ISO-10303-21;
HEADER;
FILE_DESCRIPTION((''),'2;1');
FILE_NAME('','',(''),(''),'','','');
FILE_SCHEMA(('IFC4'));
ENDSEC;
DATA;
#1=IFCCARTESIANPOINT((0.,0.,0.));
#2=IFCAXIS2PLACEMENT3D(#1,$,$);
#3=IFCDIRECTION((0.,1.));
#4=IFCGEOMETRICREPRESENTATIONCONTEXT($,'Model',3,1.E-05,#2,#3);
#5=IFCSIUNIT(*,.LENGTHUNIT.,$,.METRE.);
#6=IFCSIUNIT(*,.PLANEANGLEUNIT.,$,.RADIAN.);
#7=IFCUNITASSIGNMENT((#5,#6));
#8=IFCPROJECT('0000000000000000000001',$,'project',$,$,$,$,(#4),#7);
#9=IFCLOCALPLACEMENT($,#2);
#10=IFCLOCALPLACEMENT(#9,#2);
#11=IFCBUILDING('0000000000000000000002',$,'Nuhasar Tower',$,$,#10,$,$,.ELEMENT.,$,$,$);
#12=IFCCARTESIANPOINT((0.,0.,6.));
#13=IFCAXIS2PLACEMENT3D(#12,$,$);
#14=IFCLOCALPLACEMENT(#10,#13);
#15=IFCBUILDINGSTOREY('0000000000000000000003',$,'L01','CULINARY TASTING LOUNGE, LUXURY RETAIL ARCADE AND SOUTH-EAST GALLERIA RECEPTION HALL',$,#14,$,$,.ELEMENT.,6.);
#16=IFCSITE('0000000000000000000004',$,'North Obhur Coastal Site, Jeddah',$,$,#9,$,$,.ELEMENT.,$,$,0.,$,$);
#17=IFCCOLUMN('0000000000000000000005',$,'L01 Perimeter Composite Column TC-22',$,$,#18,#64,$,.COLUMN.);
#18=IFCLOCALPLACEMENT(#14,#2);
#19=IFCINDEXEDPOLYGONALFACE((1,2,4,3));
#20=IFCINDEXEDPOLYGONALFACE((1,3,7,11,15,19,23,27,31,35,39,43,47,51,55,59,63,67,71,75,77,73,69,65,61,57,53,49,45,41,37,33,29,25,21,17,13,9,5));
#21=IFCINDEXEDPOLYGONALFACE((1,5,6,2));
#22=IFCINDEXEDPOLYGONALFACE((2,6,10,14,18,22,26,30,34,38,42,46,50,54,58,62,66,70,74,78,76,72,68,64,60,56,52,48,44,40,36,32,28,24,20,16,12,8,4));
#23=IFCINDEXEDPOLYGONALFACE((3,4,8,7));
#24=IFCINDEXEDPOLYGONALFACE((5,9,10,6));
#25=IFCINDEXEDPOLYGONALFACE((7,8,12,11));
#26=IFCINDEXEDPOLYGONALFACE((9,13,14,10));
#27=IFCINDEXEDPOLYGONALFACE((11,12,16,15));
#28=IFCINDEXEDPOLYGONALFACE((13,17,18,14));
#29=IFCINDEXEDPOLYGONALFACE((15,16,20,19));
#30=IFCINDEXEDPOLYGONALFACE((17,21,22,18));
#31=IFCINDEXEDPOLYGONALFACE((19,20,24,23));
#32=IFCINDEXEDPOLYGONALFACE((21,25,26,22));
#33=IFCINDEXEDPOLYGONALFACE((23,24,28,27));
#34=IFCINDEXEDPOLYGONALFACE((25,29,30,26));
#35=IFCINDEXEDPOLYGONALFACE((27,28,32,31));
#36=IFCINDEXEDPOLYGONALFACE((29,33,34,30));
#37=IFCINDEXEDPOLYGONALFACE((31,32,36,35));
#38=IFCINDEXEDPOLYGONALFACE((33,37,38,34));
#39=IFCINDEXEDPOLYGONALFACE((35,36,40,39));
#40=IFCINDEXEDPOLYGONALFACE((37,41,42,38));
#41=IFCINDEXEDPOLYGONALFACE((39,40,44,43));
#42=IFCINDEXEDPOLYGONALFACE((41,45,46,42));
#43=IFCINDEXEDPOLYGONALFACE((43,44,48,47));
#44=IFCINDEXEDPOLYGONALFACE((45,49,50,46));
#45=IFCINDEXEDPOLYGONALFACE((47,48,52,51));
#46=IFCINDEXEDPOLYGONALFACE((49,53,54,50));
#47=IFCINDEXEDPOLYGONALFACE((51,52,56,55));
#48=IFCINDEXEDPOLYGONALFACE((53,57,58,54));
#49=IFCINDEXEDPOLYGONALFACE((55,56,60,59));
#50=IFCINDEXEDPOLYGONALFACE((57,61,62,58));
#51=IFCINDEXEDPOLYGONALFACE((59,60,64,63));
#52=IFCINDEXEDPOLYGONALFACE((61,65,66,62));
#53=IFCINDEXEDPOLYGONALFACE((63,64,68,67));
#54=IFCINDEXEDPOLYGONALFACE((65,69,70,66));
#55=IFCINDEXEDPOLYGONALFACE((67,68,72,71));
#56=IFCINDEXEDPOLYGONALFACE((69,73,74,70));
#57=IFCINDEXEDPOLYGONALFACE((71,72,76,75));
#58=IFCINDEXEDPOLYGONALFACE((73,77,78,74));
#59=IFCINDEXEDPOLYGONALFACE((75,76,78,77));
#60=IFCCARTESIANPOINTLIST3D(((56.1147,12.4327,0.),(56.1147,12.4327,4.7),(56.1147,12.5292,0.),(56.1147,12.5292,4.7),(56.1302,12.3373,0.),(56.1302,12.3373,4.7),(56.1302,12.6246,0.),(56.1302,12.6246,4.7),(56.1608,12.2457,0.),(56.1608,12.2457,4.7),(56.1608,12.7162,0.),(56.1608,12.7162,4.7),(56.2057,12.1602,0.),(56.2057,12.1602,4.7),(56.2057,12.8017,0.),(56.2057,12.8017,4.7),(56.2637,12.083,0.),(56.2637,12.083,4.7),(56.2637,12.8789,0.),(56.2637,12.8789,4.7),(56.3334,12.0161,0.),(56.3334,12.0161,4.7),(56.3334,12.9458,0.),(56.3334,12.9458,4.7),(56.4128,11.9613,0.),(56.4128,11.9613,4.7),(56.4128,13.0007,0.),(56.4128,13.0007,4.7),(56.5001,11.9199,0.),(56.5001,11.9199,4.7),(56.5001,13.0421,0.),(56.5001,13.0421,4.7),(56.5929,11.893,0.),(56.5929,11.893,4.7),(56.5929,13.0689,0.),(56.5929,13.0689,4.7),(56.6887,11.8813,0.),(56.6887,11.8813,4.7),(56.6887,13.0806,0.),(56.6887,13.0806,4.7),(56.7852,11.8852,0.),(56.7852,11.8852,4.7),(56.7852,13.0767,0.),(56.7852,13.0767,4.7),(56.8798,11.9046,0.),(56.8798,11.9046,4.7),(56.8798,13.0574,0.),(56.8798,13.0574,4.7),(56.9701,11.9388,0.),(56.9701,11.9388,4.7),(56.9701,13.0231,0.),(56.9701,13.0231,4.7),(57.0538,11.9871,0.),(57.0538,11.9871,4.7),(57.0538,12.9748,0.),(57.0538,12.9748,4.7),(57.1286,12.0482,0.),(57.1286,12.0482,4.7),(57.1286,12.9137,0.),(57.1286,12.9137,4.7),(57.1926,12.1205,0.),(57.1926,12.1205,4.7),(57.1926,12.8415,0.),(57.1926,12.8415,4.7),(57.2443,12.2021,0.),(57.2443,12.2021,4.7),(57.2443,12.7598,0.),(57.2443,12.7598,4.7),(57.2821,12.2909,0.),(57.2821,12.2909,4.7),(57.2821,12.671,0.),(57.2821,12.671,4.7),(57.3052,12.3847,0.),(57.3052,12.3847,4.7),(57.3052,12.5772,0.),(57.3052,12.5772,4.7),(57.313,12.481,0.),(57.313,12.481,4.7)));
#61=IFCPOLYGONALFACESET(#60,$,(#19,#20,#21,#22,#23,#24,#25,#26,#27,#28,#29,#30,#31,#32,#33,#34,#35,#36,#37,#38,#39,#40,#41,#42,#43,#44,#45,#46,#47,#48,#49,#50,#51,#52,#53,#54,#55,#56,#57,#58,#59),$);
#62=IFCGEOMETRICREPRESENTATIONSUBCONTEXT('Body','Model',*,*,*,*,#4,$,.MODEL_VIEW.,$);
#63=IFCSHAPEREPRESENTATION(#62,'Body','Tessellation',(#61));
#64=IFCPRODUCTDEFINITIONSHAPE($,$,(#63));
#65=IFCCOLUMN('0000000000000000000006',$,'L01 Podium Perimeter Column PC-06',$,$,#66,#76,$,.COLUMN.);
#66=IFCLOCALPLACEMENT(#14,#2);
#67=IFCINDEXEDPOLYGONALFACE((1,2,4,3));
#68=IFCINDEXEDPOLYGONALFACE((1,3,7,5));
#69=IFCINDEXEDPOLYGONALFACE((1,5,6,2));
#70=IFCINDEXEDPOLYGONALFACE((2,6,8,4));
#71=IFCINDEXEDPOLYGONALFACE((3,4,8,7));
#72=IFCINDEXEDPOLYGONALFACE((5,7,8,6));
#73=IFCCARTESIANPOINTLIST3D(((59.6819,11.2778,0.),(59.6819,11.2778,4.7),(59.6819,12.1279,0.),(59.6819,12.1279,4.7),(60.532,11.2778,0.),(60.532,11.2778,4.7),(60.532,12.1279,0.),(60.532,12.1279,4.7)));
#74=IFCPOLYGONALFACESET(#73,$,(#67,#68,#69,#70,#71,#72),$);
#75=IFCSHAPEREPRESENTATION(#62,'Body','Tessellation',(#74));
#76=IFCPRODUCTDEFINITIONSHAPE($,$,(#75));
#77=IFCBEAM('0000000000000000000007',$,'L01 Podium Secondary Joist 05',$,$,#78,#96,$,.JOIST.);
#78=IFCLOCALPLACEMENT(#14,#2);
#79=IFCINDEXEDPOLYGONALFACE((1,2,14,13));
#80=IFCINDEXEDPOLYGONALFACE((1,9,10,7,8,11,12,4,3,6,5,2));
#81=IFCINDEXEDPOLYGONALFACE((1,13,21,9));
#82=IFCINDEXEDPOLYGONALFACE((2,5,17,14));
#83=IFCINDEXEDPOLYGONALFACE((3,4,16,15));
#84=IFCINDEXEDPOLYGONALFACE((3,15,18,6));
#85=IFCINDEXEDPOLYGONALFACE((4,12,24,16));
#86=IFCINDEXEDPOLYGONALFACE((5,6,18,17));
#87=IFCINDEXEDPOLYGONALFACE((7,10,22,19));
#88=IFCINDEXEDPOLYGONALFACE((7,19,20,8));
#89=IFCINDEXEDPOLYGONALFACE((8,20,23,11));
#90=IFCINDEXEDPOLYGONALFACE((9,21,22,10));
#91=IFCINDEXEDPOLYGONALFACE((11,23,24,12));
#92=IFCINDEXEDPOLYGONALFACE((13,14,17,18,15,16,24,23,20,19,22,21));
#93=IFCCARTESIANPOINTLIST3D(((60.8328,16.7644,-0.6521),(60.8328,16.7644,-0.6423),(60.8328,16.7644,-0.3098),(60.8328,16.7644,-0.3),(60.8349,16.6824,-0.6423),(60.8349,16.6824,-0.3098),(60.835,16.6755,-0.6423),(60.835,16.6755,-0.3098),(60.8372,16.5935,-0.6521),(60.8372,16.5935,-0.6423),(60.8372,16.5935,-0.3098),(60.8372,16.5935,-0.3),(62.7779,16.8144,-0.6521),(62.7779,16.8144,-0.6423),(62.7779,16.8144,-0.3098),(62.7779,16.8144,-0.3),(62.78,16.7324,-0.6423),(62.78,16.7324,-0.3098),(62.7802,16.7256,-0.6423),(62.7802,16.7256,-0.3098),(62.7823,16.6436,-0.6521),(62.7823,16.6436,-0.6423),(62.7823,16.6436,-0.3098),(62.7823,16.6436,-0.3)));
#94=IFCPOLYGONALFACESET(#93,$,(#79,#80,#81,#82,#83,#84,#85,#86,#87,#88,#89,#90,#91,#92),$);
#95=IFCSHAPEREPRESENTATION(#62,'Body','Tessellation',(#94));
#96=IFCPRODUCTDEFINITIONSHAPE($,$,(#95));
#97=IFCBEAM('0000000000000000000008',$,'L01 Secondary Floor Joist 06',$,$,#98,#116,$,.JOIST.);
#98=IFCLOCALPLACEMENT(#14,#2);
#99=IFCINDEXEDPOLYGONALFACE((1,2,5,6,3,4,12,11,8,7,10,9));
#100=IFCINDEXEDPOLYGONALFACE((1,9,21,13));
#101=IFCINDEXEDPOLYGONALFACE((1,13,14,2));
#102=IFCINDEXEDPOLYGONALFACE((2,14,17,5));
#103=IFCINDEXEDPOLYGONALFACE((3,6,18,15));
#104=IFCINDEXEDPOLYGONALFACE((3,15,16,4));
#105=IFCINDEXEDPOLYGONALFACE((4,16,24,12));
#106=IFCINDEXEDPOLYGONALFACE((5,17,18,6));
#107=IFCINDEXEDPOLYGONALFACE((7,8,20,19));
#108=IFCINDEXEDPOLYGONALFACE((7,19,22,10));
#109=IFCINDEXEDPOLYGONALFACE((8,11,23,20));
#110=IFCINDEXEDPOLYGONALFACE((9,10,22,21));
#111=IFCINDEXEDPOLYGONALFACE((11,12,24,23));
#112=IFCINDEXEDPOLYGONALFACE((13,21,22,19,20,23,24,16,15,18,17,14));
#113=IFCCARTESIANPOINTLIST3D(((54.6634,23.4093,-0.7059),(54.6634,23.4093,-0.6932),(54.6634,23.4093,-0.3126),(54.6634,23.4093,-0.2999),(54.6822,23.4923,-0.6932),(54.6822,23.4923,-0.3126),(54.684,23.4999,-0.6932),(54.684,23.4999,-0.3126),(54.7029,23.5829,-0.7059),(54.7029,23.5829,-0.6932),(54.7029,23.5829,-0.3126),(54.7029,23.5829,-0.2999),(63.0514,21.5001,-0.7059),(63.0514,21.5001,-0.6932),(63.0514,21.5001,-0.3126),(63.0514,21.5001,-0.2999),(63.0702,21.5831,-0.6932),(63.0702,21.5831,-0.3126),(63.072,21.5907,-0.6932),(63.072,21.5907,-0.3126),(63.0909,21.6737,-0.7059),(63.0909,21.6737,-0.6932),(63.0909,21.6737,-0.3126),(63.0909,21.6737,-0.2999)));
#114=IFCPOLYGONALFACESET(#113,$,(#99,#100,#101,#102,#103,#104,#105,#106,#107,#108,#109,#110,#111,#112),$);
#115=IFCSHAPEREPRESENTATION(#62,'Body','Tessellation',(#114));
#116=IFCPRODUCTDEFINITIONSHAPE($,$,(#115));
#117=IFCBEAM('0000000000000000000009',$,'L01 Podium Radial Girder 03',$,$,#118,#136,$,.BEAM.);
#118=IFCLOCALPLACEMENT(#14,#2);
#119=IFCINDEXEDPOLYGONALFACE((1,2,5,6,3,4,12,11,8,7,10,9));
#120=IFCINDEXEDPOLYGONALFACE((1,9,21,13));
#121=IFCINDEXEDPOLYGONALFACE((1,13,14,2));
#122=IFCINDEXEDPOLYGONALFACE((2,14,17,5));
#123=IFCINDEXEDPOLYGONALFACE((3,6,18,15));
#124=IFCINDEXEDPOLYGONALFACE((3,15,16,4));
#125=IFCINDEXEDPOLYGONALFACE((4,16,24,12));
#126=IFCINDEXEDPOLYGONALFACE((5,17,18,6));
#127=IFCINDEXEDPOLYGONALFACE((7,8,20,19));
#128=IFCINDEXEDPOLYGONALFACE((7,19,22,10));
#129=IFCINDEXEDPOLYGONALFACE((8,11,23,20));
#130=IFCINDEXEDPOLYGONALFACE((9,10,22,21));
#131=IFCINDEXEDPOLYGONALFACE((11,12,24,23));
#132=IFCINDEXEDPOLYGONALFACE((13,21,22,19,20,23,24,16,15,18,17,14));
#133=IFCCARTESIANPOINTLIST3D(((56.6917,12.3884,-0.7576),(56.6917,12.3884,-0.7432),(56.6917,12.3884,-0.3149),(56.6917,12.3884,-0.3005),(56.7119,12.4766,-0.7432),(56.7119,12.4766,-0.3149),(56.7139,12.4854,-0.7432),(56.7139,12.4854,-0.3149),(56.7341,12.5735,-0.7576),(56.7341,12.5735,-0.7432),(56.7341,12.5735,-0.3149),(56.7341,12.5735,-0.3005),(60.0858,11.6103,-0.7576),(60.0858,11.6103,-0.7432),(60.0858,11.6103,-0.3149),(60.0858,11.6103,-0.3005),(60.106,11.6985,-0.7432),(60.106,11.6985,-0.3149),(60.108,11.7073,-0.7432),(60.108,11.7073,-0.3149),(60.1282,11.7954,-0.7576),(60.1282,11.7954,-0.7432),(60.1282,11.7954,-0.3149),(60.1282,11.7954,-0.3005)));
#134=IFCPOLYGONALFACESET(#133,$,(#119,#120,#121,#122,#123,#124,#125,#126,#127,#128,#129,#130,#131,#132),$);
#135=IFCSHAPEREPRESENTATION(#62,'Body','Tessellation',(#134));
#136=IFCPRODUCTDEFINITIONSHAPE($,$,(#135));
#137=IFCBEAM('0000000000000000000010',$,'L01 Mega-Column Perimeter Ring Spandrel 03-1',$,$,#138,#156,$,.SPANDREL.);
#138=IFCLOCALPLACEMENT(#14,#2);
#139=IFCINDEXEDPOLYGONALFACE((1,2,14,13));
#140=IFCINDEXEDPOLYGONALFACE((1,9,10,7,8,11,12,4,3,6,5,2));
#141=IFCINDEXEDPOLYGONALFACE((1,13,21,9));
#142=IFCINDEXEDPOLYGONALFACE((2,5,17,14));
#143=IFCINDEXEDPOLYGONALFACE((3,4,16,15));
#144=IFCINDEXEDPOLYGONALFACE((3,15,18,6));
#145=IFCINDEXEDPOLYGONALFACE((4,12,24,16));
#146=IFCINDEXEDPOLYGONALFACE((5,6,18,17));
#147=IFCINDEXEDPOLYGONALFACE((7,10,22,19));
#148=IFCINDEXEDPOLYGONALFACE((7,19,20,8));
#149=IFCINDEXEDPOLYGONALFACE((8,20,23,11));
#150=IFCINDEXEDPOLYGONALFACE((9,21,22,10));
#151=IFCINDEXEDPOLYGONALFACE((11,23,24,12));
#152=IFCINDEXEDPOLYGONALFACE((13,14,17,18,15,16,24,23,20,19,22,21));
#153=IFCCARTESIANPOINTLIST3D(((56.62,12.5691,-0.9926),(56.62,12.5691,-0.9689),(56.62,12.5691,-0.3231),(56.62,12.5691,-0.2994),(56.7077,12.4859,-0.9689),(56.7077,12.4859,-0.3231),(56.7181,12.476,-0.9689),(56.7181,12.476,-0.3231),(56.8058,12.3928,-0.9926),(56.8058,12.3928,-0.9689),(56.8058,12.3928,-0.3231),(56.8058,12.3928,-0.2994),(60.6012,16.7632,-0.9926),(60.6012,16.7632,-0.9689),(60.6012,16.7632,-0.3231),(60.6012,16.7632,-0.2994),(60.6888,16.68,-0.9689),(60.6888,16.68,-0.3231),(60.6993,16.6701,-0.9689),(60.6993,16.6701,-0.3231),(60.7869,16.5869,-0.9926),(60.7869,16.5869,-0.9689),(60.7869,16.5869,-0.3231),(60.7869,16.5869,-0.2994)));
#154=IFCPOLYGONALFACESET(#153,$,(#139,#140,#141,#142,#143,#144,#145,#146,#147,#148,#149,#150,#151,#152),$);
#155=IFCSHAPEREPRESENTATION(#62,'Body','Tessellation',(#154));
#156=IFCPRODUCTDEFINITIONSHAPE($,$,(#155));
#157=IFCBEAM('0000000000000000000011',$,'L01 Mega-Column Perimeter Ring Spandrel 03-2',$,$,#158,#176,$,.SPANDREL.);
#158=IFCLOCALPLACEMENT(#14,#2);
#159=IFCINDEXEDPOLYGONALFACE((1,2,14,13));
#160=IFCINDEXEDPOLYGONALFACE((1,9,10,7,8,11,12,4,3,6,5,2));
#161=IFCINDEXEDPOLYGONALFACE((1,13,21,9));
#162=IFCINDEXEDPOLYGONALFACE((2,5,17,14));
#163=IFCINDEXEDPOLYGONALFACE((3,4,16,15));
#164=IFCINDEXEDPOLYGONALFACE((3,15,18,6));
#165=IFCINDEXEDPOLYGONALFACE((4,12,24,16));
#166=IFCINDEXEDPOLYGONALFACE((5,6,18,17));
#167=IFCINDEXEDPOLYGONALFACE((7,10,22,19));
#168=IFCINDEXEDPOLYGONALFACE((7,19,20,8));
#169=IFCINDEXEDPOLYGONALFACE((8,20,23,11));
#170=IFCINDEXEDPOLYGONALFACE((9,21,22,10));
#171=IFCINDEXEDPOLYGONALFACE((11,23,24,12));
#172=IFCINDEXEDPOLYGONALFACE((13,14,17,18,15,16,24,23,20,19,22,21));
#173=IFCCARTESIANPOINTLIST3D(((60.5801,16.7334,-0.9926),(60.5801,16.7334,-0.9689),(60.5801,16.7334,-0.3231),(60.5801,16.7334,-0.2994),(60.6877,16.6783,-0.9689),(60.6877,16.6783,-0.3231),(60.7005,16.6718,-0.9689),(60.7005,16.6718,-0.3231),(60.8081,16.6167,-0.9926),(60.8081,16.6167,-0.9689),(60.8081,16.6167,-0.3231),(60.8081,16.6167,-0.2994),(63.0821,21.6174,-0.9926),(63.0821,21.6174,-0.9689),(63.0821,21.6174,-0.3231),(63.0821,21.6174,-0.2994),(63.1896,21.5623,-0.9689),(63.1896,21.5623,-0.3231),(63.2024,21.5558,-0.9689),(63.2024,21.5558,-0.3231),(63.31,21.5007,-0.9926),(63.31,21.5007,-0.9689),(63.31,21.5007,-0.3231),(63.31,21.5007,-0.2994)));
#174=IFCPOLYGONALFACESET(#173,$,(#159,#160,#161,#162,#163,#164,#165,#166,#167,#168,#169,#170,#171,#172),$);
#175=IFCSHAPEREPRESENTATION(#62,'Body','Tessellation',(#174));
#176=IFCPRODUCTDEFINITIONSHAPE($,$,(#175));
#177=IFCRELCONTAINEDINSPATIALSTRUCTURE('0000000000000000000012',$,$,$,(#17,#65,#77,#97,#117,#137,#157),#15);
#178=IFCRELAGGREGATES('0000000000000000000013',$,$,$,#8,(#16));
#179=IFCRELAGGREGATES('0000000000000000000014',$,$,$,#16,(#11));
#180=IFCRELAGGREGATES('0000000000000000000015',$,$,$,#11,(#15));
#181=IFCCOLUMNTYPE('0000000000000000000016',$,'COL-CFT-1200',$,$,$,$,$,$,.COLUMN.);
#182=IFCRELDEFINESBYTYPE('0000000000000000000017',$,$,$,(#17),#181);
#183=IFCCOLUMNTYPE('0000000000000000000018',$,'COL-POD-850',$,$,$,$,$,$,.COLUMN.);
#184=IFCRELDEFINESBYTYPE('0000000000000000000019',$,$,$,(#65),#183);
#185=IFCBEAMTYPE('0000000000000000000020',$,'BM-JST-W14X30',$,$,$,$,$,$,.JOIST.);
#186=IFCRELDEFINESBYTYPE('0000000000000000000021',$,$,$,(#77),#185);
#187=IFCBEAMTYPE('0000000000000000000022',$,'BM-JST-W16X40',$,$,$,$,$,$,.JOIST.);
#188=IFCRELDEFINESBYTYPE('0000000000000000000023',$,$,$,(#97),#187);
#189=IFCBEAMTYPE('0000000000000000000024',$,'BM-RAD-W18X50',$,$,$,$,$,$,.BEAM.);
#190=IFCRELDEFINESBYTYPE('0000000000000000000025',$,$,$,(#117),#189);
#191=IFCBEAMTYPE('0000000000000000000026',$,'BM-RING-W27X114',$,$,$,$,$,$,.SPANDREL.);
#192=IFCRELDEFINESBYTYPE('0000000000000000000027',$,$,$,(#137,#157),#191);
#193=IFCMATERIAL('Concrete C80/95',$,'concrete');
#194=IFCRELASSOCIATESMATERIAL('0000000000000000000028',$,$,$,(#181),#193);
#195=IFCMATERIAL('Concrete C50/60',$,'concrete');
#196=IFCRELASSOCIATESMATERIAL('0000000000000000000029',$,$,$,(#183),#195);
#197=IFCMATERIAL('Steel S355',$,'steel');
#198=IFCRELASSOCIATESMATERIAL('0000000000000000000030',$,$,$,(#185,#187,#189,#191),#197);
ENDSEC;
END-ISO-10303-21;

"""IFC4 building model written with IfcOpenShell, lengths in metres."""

from ifc_helpers import new_model, si_unit, direction, frame, origin, origin_2d, place, context, subcontext, project, spatial, rectangle, circle, i_section, extrude, material, material_profile, profile_set, type_object, element, save


model = new_model("IFC4")

# Units and contexts
model_context = context("Model", 3, precision=1e-05, world=origin(), true_north=direction((0.0, 1.0)))
body_context = subcontext(model_context, "Body", "Model", "MODEL_VIEW")
ifc_project = project(units=[si_unit("LENGTHUNIT", "METRE"), si_unit("PLANEANGLEUNIT", "RADIAN")], contexts=[model_context])

# Site, building, storey
site_placement = place(None, origin())
site = spatial("IfcSite", under=ifc_project, at=site_placement, Name="North Obhur Coastal Site, Jeddah", CompositionType="ELEMENT", RefElevation=0.0)
building_placement = place(site_placement, origin())
building = spatial("IfcBuilding", under=site, at=building_placement, Name="Nuhasar Tower", CompositionType="ELEMENT")
storey_placement = place(building_placement, frame((0.0, 0.0, 6.0)))
storey = spatial("IfcBuildingStorey", under=building, at=storey_placement, Name="L01", Description="CULINARY TASTING LOUNGE, LUXURY RETAIL ARCADE AND SOUTH-EAST GALLERIA RECEPTION HALL", CompositionType="ELEMENT", Elevation=6.0)

# Columns
ifc_material_1 = material(Name="Concrete C80/95", Category="concrete")
ifc_material_profile_1 = material_profile(ifc_material_1, circle(Radius=0.6001, at=origin_2d()), Name="CFT1200")
ifc_profile_set_1 = profile_set([ifc_material_profile_1], Name="Concrete C80/95")
column_type_1 = type_object("IfcColumnType", Name="COL-CFT-1200", PredefinedType="COLUMN", material=ifc_profile_set_1)
column_1_placement = place(storey_placement, frame((56.7129, 12.481, 0.0), z_axis=(0.0, 0.0, 1.0), x_axis=(1.0, 0.0, 0.0)))
element("IfcColumn", 1, at=column_1_placement, inside=storey, type_object=column_type_1, Name="L01 Perimeter Composite Column TC-22", PredefinedType="COLUMN", context=body_context, shape_type="SweptSolid", body=[
    extrude(circle(Radius=0.6001, at=origin_2d()), origin(), (0.0, 0.0, 1.0), 4.7),
])
ifc_material_2 = material(Name="Concrete C50/60", Category="concrete")
ifc_material_profile_2 = material_profile(ifc_material_2, rectangle(XDim=0.8501, YDim=0.8501, at=origin_2d()), Name="RC850X850")
ifc_profile_set_2 = profile_set([ifc_material_profile_2], Name="Concrete C50/60")
column_type_2 = type_object("IfcColumnType", Name="COL-POD-850", PredefinedType="COLUMN", material=ifc_profile_set_2)
column_2_placement = place(storey_placement, frame((60.1069, 11.7029, 0.0), z_axis=(0.0, 0.0, 1.0), x_axis=(1.0, 0.0, 0.0)))
element("IfcColumn", 2, at=column_2_placement, inside=storey, type_object=column_type_2, Name="L01 Podium Perimeter Column PC-06", PredefinedType="COLUMN", context=body_context, shape_type="SweptSolid", body=[
    extrude(rectangle(XDim=0.8501, YDim=0.8501, at=origin_2d()), origin(), (0.0, 0.0, 1.0), 4.7),
])

# Beams
ifc_material_3 = material(Name="Steel S355", Category="steel")
ifc_material_profile_3 = material_profile(ifc_material_3, i_section(OverallWidth=0.1709, OverallDepth=0.3521, WebThickness=0.0068, FlangeThickness=0.0098, at=origin_2d()), Name="W14X30")
ifc_profile_set_3 = profile_set([ifc_material_profile_3], Name="Steel S355")
beam_type_1 = type_object("IfcBeamType", Name="BM-JST-W14X30", PredefinedType="JOIST", material=ifc_profile_set_3)
beam_1_placement = place(storey_placement, frame((60.835, 16.679, -0.4761), z_axis=(0.999669, 0.025723, 0.0), x_axis=(-0.025723, 0.999669, 0.0)))
element("IfcBeam", 3, at=beam_1_placement, inside=storey, type_object=beam_type_1, Name="L01 Podium Secondary Joist 05", PredefinedType="JOIST", context=body_context, shape_type="SweptSolid", body=[
    extrude(i_section(OverallWidth=0.1709, OverallDepth=0.3521, WebThickness=0.0068, FlangeThickness=0.0098, at=origin_2d()), origin(), (0.0, 0.0, 1.0), 1.9458),
])
ifc_material_profile_4 = material_profile(ifc_material_3, i_section(OverallWidth=0.178, OverallDepth=0.406, WebThickness=0.0078, FlangeThickness=0.0127, at=origin_2d()), Name="W16X40")
ifc_profile_set_4 = profile_set([ifc_material_profile_4], Name="Steel S355")
beam_type_2 = type_object("IfcBeamType", Name="BM-JST-W16X40", PredefinedType="JOIST", material=ifc_profile_set_4)
beam_2_placement = place(storey_placement, frame((54.6831, 23.4961, -0.5029), z_axis=(0.975062, -0.221934, 0.0), x_axis=(0.221934, 0.975062, 0.0)))
element("IfcBeam", 4, at=beam_2_placement, inside=storey, type_object=beam_type_2, Name="L01 Secondary Floor Joist 06", PredefinedType="JOIST", context=body_context, shape_type="SweptSolid", body=[
    extrude(i_section(OverallWidth=0.178, OverallDepth=0.406, WebThickness=0.0078, FlangeThickness=0.0127, at=origin_2d()), origin(), (0.0, 0.0, 1.0), 8.6025),
])
ifc_material_profile_5 = material_profile(ifc_material_3, i_section(OverallWidth=0.1899, OverallDepth=0.457, WebThickness=0.009, FlangeThickness=0.0144, at=origin_2d()), Name="W18X50")
ifc_profile_set_5 = profile_set([ifc_material_profile_5], Name="Steel S355")
beam_type_3 = type_object("IfcBeamType", Name="BM-RAD-W18X50", PredefinedType="BEAM", material=ifc_profile_set_5)
beam_3_placement = place(storey_placement, frame((56.7129, 12.481, -0.5291), z_axis=(0.974715, -0.223451, 0.0), x_axis=(0.223451, 0.974715, 0.0)))
element("IfcBeam", 5, at=beam_3_placement, inside=storey, type_object=beam_type_3, Name="L01 Podium Radial Girder 03", PredefinedType="BEAM", context=body_context, shape_type="SweptSolid", body=[
    extrude(i_section(OverallWidth=0.1899, OverallDepth=0.457, WebThickness=0.009, FlangeThickness=0.0144, at=origin_2d()), origin(), (0.0, 0.0, 1.0), 3.4822),
])
ifc_material_profile_6 = material_profile(ifc_material_3, i_section(OverallWidth=0.2561, OverallDepth=0.6931, WebThickness=0.0144, FlangeThickness=0.0237, at=origin_2d()), Name="W27X114")
ifc_profile_set_6 = profile_set([ifc_material_profile_6], Name="Steel S355")
beam_type_4 = type_object("IfcBeamType", Name="BM-RING-W27X114", PredefinedType="SPANDREL", material=ifc_profile_set_6)
beam_4_placement = place(storey_placement, frame((56.7129, 12.481, -0.646), z_axis=(0.68846, 0.725274, 0.0), x_axis=(-0.725274, 0.68846, 0.0)))
element("IfcBeam", 6, at=beam_4_placement, inside=storey, type_object=beam_type_4, Name="L01 Mega-Column Perimeter Ring Spandrel 03-1", PredefinedType="SPANDREL", context=body_context, shape_type="SweptSolid", body=[
    extrude(i_section(OverallWidth=0.2561, OverallDepth=0.6931, WebThickness=0.0144, FlangeThickness=0.0237, at=origin_2d()), origin(), (0.0, 0.0, 1.0), 5.7827),
])
beam_5_placement = place(storey_placement, frame((60.6941, 16.675, -0.646), z_axis=(0.45593, 0.890016, 0.0), x_axis=(-0.890016, 0.45593, 0.0)))
element("IfcBeam", 7, at=beam_5_placement, inside=storey, type_object=beam_type_4, Name="L01 Mega-Column Perimeter Ring Spandrel 03-2", PredefinedType="SPANDREL", context=body_context, shape_type="SweptSolid", body=[
    extrude(i_section(OverallWidth=0.2561, OverallDepth=0.6931, WebThickness=0.0144, FlangeThickness=0.0237, at=origin_2d()), origin(), (0.0, 0.0, 1.0), 5.4875),
])

save(model, "model.ifc")
